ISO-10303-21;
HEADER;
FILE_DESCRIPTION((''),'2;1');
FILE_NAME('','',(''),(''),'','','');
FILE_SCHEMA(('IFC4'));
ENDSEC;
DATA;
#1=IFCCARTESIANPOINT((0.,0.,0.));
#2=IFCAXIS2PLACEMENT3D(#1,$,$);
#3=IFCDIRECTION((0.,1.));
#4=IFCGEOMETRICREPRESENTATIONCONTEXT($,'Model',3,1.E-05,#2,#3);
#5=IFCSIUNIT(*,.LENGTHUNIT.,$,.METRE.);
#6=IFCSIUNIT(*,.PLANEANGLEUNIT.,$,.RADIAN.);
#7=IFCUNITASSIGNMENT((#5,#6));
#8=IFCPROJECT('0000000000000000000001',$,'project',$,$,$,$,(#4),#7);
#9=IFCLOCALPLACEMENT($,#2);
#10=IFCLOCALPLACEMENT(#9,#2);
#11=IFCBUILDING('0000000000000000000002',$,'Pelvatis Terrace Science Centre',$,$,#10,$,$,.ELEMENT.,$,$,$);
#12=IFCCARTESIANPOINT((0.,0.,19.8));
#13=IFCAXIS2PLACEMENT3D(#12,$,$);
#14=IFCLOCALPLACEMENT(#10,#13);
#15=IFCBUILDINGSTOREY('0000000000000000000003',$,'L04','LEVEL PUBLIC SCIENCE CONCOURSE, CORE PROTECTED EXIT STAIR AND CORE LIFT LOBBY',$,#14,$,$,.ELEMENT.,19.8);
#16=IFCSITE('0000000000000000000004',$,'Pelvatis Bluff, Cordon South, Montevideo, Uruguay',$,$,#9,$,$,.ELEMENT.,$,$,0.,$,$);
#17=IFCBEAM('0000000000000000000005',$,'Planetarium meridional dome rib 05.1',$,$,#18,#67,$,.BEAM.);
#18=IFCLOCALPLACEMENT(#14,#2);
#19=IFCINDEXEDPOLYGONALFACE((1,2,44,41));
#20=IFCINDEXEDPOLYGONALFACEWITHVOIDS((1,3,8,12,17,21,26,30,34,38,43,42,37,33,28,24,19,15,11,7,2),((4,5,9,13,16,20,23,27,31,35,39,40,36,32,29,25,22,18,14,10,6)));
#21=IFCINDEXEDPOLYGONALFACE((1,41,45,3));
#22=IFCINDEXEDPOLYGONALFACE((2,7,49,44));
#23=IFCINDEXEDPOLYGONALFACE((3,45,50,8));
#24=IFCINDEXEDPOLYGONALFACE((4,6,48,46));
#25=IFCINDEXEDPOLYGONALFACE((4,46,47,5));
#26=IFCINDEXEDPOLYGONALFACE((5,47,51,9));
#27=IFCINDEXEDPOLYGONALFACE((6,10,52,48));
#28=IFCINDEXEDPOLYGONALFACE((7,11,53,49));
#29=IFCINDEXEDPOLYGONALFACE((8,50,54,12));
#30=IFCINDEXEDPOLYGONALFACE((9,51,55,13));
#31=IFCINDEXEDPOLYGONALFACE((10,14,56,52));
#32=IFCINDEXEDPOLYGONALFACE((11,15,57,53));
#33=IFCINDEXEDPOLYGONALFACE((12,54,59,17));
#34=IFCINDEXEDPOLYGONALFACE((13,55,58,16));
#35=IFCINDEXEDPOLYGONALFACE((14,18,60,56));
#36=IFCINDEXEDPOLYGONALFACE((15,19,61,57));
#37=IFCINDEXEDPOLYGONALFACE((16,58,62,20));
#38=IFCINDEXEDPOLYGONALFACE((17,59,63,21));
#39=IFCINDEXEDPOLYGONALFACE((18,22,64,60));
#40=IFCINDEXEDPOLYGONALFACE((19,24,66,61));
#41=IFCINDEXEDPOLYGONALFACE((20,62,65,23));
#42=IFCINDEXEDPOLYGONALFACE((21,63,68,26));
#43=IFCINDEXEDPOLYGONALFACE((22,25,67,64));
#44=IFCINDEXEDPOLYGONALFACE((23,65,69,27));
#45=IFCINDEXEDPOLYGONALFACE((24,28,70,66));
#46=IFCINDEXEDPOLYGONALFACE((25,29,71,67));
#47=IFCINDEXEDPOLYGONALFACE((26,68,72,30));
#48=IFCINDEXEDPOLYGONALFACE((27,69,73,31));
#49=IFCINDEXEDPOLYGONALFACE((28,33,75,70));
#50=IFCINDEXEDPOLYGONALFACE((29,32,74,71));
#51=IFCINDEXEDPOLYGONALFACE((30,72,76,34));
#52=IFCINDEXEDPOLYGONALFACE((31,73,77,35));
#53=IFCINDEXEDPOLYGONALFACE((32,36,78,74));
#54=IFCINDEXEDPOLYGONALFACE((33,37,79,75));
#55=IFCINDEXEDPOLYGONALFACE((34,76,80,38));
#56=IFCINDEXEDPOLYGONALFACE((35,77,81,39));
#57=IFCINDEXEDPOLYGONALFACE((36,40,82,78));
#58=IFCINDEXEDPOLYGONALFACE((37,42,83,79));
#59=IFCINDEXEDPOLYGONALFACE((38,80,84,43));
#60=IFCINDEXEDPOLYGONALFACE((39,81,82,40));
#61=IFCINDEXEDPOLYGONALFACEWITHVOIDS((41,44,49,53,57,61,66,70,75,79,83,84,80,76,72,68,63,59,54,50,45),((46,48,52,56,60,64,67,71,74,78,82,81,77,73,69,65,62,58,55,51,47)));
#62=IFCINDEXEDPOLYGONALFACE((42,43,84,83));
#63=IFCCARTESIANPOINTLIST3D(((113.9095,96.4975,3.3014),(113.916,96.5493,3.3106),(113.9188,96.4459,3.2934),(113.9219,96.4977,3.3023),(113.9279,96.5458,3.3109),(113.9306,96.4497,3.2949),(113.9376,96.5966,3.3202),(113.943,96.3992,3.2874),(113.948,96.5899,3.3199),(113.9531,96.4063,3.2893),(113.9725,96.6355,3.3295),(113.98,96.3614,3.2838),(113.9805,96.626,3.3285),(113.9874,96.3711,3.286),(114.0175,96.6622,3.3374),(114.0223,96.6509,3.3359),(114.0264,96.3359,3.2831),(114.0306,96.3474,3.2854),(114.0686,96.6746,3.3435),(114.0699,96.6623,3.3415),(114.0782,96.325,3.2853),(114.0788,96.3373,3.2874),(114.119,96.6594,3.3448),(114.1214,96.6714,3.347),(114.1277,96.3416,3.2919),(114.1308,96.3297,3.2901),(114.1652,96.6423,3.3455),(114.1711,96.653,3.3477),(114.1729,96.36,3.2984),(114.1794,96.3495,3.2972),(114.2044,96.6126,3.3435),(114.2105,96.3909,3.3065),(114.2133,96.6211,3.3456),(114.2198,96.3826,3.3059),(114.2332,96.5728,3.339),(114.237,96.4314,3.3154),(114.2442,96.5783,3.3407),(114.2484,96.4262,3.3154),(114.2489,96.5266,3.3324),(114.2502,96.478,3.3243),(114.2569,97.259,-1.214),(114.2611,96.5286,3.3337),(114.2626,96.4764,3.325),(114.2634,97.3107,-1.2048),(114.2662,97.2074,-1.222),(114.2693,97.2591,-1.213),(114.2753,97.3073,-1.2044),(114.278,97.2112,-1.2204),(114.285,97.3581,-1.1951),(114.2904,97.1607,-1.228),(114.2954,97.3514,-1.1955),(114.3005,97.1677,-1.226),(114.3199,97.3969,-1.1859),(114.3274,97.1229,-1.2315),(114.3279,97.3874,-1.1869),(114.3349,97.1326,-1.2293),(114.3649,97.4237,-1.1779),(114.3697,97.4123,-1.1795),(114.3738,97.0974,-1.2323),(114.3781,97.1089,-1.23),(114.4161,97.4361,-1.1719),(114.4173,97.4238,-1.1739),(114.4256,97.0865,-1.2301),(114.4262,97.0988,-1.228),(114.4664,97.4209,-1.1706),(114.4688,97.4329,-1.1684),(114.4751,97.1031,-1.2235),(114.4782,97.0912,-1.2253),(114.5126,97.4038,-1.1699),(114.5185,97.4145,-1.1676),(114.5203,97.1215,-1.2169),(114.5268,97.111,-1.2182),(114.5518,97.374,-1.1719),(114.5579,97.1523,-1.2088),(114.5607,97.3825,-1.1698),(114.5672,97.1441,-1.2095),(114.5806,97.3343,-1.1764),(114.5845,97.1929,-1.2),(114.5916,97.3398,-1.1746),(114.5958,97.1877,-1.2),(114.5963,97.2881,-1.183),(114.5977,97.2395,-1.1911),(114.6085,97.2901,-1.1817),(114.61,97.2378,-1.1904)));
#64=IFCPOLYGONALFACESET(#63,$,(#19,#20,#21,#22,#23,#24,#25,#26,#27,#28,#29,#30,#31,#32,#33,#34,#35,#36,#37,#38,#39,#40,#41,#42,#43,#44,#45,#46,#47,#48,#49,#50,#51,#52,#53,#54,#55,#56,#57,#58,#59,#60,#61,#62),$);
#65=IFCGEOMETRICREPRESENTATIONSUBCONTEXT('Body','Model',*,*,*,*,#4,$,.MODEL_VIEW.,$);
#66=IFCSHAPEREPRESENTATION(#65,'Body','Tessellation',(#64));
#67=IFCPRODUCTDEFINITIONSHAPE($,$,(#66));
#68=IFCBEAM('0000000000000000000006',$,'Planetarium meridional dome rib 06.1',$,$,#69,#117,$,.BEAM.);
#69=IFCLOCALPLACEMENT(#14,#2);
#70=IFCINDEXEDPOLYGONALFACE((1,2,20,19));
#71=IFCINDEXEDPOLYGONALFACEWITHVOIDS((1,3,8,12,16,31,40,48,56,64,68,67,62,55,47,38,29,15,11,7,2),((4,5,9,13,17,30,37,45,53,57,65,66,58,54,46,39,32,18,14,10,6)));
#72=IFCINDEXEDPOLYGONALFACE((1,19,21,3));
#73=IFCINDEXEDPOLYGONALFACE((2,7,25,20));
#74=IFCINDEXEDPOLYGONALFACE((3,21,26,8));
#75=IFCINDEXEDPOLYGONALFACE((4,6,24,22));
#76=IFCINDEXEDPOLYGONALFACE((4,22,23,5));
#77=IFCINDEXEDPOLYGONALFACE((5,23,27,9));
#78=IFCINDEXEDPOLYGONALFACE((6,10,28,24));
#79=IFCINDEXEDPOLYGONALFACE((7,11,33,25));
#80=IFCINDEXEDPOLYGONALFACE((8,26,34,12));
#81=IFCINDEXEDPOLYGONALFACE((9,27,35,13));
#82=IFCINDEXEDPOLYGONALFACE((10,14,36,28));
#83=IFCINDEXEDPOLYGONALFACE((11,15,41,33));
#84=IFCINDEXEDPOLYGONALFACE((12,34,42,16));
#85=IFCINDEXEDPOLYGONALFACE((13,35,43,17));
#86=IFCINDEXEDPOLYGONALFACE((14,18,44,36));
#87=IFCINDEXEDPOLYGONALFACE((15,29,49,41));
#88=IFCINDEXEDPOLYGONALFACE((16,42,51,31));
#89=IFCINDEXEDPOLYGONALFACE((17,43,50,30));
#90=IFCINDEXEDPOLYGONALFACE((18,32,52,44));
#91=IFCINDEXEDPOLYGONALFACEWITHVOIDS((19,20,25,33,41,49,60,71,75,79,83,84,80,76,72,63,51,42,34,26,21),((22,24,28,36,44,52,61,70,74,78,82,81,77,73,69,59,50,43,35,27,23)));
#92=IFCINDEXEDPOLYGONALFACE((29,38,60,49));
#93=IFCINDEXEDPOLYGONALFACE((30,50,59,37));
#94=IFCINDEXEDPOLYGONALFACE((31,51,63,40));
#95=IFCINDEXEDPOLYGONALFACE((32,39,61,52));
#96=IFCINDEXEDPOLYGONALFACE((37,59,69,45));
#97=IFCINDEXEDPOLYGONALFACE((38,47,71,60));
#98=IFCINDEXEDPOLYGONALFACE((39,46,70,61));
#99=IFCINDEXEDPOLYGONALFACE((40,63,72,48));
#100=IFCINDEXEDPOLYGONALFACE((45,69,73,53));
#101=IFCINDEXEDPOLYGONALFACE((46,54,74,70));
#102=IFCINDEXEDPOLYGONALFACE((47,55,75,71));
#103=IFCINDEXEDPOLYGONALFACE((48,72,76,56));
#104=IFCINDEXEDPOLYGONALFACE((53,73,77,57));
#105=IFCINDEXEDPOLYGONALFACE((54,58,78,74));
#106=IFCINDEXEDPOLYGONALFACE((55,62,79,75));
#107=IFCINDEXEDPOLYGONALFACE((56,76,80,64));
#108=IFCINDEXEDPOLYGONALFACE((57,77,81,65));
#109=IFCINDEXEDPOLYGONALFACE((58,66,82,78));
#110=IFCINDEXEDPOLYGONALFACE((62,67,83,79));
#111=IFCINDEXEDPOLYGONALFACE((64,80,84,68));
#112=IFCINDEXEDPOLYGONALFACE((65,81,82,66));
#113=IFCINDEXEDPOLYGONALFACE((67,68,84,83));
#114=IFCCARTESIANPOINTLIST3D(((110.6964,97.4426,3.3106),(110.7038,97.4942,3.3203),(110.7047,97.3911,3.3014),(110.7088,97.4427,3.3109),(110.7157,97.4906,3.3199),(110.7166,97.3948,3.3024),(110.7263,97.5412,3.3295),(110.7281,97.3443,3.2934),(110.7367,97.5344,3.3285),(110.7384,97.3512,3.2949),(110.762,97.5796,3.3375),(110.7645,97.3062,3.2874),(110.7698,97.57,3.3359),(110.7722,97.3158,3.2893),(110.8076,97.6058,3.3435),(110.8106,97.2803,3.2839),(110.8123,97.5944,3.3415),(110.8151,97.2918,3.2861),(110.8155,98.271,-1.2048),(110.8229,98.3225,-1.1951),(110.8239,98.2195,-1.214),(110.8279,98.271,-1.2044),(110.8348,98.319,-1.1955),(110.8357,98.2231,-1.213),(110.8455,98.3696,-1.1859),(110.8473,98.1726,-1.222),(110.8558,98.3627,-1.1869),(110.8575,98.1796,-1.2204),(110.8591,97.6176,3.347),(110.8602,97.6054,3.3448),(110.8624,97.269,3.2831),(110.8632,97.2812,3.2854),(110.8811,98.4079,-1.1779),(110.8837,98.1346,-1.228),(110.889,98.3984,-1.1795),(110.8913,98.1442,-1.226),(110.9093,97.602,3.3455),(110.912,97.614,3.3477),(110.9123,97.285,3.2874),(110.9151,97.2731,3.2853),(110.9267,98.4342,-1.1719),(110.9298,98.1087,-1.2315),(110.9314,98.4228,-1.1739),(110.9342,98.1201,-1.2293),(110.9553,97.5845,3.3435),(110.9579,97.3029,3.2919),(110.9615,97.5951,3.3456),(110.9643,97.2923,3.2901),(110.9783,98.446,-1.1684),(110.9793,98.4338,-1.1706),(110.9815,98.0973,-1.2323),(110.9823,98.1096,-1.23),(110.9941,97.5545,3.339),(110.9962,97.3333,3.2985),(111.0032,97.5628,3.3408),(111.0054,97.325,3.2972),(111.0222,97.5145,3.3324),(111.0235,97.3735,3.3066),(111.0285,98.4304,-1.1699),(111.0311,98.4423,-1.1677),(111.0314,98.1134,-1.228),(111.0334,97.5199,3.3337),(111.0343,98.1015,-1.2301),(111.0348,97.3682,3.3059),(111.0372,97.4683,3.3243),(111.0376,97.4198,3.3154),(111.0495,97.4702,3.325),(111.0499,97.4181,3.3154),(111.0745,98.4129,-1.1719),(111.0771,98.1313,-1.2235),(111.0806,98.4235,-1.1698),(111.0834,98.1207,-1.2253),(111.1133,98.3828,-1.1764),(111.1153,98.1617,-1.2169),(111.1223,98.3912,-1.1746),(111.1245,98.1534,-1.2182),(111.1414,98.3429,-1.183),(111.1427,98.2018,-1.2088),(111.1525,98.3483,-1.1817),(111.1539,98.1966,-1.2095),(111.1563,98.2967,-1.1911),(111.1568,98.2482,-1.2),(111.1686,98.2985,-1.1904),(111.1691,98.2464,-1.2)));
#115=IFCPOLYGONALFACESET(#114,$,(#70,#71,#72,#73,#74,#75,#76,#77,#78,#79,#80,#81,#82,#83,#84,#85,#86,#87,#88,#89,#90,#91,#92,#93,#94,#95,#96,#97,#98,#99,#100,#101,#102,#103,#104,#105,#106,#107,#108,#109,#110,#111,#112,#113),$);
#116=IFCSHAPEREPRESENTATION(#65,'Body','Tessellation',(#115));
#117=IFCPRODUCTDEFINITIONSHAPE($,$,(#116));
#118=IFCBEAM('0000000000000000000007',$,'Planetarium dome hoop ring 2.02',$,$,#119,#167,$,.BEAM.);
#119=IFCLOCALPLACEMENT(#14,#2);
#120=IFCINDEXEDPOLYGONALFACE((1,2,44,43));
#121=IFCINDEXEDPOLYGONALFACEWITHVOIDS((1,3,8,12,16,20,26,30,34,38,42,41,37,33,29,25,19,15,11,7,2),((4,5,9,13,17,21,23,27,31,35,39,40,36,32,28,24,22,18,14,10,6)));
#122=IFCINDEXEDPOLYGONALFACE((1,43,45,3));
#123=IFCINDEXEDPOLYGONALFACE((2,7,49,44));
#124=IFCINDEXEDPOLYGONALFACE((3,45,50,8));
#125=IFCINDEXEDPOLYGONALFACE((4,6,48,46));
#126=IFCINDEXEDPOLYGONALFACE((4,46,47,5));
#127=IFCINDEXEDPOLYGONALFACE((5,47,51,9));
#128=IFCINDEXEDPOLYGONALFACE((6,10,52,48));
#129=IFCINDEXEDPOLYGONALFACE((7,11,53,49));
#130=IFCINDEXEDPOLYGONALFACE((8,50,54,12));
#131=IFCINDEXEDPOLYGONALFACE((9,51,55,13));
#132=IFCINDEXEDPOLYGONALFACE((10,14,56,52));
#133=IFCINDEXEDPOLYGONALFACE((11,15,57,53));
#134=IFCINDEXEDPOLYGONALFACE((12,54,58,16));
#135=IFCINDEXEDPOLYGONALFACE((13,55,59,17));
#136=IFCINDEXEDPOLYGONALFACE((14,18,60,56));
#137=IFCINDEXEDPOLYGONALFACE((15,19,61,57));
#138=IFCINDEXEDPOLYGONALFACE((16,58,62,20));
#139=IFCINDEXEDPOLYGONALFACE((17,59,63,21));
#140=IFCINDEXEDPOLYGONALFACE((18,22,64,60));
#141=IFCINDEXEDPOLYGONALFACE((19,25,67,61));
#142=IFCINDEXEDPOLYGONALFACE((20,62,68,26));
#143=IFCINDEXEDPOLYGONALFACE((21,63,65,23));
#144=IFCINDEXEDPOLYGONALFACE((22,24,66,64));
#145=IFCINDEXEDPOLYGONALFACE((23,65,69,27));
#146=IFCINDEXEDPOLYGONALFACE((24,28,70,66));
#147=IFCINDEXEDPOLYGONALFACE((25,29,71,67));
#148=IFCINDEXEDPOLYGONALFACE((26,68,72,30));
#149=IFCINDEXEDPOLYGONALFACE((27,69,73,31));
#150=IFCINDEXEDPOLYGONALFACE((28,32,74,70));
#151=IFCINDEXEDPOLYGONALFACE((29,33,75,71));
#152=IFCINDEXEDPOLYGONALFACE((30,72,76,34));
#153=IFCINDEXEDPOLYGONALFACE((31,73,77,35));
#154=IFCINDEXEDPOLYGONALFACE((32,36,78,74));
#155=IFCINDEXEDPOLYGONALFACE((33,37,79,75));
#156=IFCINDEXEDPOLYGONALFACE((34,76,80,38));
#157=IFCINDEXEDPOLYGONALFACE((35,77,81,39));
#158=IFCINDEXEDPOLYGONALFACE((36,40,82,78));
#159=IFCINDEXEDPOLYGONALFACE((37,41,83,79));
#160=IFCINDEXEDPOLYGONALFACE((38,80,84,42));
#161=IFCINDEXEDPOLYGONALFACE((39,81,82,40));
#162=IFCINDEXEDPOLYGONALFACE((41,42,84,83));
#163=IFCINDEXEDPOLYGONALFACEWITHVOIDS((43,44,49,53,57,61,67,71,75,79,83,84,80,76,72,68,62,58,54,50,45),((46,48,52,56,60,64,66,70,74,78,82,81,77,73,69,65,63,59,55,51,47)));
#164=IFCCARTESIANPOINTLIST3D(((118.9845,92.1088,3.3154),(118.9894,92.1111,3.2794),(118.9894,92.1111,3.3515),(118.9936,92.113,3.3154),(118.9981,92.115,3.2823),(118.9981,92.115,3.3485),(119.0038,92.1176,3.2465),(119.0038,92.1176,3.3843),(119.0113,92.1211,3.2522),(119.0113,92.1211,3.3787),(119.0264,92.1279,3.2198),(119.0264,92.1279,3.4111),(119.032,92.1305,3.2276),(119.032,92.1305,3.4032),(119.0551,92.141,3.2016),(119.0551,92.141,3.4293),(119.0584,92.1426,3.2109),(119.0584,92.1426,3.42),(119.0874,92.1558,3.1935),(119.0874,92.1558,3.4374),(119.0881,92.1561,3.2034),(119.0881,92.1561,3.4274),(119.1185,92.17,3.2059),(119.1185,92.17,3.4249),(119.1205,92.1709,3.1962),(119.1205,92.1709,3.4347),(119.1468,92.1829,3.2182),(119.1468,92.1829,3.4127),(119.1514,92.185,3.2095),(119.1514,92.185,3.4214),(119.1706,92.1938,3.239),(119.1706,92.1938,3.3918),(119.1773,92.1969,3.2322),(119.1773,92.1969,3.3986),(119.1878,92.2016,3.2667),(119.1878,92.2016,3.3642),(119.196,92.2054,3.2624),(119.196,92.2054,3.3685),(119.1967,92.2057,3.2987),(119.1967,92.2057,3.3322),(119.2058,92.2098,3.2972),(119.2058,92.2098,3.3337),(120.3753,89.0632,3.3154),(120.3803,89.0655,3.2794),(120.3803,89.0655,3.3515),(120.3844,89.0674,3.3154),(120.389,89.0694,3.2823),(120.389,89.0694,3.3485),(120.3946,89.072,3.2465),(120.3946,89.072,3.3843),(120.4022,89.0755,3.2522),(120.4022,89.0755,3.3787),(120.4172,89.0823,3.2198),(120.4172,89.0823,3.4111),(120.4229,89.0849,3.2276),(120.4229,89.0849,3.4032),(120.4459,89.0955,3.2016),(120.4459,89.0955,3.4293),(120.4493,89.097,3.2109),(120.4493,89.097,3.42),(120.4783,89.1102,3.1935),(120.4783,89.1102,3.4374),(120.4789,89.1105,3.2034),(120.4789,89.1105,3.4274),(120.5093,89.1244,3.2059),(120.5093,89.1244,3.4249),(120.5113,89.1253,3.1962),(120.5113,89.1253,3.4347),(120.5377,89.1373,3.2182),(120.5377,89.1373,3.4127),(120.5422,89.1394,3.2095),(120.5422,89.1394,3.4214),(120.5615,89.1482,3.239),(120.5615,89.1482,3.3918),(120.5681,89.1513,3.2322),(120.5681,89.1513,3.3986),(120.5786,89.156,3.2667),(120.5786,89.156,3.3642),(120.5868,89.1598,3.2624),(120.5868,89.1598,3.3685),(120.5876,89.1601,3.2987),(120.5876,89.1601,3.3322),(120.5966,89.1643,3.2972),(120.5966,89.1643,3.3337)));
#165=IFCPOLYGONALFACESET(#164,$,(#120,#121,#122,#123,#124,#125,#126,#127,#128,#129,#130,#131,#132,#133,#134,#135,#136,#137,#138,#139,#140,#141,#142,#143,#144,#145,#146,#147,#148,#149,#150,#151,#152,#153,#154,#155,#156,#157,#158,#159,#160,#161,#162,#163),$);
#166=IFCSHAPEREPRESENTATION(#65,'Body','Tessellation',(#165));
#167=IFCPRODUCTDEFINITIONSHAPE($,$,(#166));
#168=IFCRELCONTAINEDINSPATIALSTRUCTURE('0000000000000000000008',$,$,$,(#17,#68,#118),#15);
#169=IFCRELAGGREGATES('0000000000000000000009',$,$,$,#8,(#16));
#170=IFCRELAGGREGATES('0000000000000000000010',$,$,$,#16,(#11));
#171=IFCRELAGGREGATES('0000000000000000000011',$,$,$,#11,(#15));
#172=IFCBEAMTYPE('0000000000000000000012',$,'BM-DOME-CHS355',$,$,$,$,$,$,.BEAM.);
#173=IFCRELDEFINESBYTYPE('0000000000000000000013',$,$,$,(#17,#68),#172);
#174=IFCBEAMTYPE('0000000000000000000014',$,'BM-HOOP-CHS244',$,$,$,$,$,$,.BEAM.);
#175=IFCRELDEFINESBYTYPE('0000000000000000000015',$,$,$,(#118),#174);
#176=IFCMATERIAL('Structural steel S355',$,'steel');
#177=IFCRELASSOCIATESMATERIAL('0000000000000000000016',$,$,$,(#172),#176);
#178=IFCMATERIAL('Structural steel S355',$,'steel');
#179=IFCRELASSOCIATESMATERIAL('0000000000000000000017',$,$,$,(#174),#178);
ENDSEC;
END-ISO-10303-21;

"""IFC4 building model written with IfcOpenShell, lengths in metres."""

from ifc_helpers import new_model, si_unit, direction, frame, origin, origin_2d, place, context, subcontext, project, spatial, hollow_circle, extrude, material, material_profile, profile_set, type_object, element, save


model = new_model("IFC4")

# Units and contexts
model_context = context("Model", 3, precision=1e-05, world=origin(), true_north=direction((0.0, 1.0)))
body_context = subcontext(model_context, "Body", "Model", "MODEL_VIEW")
ifc_project = project(units=[si_unit("LENGTHUNIT", "METRE"), si_unit("PLANEANGLEUNIT", "RADIAN")], contexts=[model_context])

# Site, building, storey
site_placement = place(None, origin())
site = spatial("IfcSite", under=ifc_project, at=site_placement, Name="Pelvatis Bluff, Cordon South, Montevideo, Uruguay", CompositionType="ELEMENT", RefElevation=0.0)
building_placement = place(site_placement, origin())
building = spatial("IfcBuilding", under=site, at=building_placement, Name="Pelvatis Terrace Science Centre", CompositionType="ELEMENT")
storey_placement = place(building_placement, frame((0.0, 0.0, 19.8)))
storey = spatial("IfcBuildingStorey", under=building, at=storey_placement, Name="L04", Description="LEVEL PUBLIC SCIENCE CONCOURSE, CORE PROTECTED EXIT STAIR AND CORE LIFT LOBBY", CompositionType="ELEMENT", Elevation=19.8)

# Beams
ifc_material_1 = material(Name="Structural steel S355", Category="steel")
ifc_material_profile_1 = material_profile(ifc_material_1, hollow_circle(Radius=0.1777, WallThickness=0.0125, at=origin_2d()), Name="CHS 355.6x12.5")
ifc_profile_set_1 = profile_set([ifc_material_profile_1], Name="Structural steel S355")
beam_type_1 = type_object("IfcBeamType", Name="BM-DOME-CHS355", PredefinedType="BEAM", material=ifc_profile_set_1)
for number, where, z_axis, x_axis, name in (
    (1, (114.4341, 97.2615, -1.2), (-0.075651, -0.165816, 0.983251), (0.909786, -0.415077, 0.0), "Planetarium meridional dome rib 05.1"),
    (2, (110.9932, 98.2717, -1.2), (-0.025944, -0.180383, 0.983254), (0.989815, -0.142361, 0.0), "Planetarium meridional dome rib 06.1"),
):
    element("IfcBeam", number, at=place(storey_placement, frame(where, z_axis=z_axis, x_axis=x_axis)), inside=storey, type_object=beam_type_1, Name=name, PredefinedType="BEAM", context=body_context, shape_type="SweptSolid", body=[
        extrude(hollow_circle(Radius=0.1777, WallThickness=0.0125, at=origin_2d()), origin(), (0.0, 0.0, 1.0), 4.5923),
    ])
ifc_material_2 = material(Name="Structural steel S355", Category="steel")
ifc_material_profile_2 = material_profile(ifc_material_2, hollow_circle(Radius=0.1223, WallThickness=0.01, at=origin_2d()), Name="CHS 244.5x10.0")
ifc_profile_set_2 = profile_set([ifc_material_profile_2], Name="Structural steel S355")
beam_type_2 = type_object("IfcBeamType", Name="BM-HOOP-CHS244", PredefinedType="BEAM", material=ifc_profile_set_2)
beam_1_placement = place(storey_placement, frame((120.4866, 89.114, 3.3154), z_axis=(-0.415406, 0.909636, 0.0), x_axis=(-0.909636, -0.415406, 0.0)))
element("IfcBeam", 3, at=beam_1_placement, inside=storey, type_object=beam_type_2, Name="Planetarium dome hoop ring 2.02", PredefinedType="BEAM", context=body_context, shape_type="SweptSolid", body=[
    extrude(hollow_circle(Radius=0.1223, WallThickness=0.01, at=origin_2d()), origin(), (0.0, 0.0, 1.0), 3.3481),
])

save(model, "model.ifc")
